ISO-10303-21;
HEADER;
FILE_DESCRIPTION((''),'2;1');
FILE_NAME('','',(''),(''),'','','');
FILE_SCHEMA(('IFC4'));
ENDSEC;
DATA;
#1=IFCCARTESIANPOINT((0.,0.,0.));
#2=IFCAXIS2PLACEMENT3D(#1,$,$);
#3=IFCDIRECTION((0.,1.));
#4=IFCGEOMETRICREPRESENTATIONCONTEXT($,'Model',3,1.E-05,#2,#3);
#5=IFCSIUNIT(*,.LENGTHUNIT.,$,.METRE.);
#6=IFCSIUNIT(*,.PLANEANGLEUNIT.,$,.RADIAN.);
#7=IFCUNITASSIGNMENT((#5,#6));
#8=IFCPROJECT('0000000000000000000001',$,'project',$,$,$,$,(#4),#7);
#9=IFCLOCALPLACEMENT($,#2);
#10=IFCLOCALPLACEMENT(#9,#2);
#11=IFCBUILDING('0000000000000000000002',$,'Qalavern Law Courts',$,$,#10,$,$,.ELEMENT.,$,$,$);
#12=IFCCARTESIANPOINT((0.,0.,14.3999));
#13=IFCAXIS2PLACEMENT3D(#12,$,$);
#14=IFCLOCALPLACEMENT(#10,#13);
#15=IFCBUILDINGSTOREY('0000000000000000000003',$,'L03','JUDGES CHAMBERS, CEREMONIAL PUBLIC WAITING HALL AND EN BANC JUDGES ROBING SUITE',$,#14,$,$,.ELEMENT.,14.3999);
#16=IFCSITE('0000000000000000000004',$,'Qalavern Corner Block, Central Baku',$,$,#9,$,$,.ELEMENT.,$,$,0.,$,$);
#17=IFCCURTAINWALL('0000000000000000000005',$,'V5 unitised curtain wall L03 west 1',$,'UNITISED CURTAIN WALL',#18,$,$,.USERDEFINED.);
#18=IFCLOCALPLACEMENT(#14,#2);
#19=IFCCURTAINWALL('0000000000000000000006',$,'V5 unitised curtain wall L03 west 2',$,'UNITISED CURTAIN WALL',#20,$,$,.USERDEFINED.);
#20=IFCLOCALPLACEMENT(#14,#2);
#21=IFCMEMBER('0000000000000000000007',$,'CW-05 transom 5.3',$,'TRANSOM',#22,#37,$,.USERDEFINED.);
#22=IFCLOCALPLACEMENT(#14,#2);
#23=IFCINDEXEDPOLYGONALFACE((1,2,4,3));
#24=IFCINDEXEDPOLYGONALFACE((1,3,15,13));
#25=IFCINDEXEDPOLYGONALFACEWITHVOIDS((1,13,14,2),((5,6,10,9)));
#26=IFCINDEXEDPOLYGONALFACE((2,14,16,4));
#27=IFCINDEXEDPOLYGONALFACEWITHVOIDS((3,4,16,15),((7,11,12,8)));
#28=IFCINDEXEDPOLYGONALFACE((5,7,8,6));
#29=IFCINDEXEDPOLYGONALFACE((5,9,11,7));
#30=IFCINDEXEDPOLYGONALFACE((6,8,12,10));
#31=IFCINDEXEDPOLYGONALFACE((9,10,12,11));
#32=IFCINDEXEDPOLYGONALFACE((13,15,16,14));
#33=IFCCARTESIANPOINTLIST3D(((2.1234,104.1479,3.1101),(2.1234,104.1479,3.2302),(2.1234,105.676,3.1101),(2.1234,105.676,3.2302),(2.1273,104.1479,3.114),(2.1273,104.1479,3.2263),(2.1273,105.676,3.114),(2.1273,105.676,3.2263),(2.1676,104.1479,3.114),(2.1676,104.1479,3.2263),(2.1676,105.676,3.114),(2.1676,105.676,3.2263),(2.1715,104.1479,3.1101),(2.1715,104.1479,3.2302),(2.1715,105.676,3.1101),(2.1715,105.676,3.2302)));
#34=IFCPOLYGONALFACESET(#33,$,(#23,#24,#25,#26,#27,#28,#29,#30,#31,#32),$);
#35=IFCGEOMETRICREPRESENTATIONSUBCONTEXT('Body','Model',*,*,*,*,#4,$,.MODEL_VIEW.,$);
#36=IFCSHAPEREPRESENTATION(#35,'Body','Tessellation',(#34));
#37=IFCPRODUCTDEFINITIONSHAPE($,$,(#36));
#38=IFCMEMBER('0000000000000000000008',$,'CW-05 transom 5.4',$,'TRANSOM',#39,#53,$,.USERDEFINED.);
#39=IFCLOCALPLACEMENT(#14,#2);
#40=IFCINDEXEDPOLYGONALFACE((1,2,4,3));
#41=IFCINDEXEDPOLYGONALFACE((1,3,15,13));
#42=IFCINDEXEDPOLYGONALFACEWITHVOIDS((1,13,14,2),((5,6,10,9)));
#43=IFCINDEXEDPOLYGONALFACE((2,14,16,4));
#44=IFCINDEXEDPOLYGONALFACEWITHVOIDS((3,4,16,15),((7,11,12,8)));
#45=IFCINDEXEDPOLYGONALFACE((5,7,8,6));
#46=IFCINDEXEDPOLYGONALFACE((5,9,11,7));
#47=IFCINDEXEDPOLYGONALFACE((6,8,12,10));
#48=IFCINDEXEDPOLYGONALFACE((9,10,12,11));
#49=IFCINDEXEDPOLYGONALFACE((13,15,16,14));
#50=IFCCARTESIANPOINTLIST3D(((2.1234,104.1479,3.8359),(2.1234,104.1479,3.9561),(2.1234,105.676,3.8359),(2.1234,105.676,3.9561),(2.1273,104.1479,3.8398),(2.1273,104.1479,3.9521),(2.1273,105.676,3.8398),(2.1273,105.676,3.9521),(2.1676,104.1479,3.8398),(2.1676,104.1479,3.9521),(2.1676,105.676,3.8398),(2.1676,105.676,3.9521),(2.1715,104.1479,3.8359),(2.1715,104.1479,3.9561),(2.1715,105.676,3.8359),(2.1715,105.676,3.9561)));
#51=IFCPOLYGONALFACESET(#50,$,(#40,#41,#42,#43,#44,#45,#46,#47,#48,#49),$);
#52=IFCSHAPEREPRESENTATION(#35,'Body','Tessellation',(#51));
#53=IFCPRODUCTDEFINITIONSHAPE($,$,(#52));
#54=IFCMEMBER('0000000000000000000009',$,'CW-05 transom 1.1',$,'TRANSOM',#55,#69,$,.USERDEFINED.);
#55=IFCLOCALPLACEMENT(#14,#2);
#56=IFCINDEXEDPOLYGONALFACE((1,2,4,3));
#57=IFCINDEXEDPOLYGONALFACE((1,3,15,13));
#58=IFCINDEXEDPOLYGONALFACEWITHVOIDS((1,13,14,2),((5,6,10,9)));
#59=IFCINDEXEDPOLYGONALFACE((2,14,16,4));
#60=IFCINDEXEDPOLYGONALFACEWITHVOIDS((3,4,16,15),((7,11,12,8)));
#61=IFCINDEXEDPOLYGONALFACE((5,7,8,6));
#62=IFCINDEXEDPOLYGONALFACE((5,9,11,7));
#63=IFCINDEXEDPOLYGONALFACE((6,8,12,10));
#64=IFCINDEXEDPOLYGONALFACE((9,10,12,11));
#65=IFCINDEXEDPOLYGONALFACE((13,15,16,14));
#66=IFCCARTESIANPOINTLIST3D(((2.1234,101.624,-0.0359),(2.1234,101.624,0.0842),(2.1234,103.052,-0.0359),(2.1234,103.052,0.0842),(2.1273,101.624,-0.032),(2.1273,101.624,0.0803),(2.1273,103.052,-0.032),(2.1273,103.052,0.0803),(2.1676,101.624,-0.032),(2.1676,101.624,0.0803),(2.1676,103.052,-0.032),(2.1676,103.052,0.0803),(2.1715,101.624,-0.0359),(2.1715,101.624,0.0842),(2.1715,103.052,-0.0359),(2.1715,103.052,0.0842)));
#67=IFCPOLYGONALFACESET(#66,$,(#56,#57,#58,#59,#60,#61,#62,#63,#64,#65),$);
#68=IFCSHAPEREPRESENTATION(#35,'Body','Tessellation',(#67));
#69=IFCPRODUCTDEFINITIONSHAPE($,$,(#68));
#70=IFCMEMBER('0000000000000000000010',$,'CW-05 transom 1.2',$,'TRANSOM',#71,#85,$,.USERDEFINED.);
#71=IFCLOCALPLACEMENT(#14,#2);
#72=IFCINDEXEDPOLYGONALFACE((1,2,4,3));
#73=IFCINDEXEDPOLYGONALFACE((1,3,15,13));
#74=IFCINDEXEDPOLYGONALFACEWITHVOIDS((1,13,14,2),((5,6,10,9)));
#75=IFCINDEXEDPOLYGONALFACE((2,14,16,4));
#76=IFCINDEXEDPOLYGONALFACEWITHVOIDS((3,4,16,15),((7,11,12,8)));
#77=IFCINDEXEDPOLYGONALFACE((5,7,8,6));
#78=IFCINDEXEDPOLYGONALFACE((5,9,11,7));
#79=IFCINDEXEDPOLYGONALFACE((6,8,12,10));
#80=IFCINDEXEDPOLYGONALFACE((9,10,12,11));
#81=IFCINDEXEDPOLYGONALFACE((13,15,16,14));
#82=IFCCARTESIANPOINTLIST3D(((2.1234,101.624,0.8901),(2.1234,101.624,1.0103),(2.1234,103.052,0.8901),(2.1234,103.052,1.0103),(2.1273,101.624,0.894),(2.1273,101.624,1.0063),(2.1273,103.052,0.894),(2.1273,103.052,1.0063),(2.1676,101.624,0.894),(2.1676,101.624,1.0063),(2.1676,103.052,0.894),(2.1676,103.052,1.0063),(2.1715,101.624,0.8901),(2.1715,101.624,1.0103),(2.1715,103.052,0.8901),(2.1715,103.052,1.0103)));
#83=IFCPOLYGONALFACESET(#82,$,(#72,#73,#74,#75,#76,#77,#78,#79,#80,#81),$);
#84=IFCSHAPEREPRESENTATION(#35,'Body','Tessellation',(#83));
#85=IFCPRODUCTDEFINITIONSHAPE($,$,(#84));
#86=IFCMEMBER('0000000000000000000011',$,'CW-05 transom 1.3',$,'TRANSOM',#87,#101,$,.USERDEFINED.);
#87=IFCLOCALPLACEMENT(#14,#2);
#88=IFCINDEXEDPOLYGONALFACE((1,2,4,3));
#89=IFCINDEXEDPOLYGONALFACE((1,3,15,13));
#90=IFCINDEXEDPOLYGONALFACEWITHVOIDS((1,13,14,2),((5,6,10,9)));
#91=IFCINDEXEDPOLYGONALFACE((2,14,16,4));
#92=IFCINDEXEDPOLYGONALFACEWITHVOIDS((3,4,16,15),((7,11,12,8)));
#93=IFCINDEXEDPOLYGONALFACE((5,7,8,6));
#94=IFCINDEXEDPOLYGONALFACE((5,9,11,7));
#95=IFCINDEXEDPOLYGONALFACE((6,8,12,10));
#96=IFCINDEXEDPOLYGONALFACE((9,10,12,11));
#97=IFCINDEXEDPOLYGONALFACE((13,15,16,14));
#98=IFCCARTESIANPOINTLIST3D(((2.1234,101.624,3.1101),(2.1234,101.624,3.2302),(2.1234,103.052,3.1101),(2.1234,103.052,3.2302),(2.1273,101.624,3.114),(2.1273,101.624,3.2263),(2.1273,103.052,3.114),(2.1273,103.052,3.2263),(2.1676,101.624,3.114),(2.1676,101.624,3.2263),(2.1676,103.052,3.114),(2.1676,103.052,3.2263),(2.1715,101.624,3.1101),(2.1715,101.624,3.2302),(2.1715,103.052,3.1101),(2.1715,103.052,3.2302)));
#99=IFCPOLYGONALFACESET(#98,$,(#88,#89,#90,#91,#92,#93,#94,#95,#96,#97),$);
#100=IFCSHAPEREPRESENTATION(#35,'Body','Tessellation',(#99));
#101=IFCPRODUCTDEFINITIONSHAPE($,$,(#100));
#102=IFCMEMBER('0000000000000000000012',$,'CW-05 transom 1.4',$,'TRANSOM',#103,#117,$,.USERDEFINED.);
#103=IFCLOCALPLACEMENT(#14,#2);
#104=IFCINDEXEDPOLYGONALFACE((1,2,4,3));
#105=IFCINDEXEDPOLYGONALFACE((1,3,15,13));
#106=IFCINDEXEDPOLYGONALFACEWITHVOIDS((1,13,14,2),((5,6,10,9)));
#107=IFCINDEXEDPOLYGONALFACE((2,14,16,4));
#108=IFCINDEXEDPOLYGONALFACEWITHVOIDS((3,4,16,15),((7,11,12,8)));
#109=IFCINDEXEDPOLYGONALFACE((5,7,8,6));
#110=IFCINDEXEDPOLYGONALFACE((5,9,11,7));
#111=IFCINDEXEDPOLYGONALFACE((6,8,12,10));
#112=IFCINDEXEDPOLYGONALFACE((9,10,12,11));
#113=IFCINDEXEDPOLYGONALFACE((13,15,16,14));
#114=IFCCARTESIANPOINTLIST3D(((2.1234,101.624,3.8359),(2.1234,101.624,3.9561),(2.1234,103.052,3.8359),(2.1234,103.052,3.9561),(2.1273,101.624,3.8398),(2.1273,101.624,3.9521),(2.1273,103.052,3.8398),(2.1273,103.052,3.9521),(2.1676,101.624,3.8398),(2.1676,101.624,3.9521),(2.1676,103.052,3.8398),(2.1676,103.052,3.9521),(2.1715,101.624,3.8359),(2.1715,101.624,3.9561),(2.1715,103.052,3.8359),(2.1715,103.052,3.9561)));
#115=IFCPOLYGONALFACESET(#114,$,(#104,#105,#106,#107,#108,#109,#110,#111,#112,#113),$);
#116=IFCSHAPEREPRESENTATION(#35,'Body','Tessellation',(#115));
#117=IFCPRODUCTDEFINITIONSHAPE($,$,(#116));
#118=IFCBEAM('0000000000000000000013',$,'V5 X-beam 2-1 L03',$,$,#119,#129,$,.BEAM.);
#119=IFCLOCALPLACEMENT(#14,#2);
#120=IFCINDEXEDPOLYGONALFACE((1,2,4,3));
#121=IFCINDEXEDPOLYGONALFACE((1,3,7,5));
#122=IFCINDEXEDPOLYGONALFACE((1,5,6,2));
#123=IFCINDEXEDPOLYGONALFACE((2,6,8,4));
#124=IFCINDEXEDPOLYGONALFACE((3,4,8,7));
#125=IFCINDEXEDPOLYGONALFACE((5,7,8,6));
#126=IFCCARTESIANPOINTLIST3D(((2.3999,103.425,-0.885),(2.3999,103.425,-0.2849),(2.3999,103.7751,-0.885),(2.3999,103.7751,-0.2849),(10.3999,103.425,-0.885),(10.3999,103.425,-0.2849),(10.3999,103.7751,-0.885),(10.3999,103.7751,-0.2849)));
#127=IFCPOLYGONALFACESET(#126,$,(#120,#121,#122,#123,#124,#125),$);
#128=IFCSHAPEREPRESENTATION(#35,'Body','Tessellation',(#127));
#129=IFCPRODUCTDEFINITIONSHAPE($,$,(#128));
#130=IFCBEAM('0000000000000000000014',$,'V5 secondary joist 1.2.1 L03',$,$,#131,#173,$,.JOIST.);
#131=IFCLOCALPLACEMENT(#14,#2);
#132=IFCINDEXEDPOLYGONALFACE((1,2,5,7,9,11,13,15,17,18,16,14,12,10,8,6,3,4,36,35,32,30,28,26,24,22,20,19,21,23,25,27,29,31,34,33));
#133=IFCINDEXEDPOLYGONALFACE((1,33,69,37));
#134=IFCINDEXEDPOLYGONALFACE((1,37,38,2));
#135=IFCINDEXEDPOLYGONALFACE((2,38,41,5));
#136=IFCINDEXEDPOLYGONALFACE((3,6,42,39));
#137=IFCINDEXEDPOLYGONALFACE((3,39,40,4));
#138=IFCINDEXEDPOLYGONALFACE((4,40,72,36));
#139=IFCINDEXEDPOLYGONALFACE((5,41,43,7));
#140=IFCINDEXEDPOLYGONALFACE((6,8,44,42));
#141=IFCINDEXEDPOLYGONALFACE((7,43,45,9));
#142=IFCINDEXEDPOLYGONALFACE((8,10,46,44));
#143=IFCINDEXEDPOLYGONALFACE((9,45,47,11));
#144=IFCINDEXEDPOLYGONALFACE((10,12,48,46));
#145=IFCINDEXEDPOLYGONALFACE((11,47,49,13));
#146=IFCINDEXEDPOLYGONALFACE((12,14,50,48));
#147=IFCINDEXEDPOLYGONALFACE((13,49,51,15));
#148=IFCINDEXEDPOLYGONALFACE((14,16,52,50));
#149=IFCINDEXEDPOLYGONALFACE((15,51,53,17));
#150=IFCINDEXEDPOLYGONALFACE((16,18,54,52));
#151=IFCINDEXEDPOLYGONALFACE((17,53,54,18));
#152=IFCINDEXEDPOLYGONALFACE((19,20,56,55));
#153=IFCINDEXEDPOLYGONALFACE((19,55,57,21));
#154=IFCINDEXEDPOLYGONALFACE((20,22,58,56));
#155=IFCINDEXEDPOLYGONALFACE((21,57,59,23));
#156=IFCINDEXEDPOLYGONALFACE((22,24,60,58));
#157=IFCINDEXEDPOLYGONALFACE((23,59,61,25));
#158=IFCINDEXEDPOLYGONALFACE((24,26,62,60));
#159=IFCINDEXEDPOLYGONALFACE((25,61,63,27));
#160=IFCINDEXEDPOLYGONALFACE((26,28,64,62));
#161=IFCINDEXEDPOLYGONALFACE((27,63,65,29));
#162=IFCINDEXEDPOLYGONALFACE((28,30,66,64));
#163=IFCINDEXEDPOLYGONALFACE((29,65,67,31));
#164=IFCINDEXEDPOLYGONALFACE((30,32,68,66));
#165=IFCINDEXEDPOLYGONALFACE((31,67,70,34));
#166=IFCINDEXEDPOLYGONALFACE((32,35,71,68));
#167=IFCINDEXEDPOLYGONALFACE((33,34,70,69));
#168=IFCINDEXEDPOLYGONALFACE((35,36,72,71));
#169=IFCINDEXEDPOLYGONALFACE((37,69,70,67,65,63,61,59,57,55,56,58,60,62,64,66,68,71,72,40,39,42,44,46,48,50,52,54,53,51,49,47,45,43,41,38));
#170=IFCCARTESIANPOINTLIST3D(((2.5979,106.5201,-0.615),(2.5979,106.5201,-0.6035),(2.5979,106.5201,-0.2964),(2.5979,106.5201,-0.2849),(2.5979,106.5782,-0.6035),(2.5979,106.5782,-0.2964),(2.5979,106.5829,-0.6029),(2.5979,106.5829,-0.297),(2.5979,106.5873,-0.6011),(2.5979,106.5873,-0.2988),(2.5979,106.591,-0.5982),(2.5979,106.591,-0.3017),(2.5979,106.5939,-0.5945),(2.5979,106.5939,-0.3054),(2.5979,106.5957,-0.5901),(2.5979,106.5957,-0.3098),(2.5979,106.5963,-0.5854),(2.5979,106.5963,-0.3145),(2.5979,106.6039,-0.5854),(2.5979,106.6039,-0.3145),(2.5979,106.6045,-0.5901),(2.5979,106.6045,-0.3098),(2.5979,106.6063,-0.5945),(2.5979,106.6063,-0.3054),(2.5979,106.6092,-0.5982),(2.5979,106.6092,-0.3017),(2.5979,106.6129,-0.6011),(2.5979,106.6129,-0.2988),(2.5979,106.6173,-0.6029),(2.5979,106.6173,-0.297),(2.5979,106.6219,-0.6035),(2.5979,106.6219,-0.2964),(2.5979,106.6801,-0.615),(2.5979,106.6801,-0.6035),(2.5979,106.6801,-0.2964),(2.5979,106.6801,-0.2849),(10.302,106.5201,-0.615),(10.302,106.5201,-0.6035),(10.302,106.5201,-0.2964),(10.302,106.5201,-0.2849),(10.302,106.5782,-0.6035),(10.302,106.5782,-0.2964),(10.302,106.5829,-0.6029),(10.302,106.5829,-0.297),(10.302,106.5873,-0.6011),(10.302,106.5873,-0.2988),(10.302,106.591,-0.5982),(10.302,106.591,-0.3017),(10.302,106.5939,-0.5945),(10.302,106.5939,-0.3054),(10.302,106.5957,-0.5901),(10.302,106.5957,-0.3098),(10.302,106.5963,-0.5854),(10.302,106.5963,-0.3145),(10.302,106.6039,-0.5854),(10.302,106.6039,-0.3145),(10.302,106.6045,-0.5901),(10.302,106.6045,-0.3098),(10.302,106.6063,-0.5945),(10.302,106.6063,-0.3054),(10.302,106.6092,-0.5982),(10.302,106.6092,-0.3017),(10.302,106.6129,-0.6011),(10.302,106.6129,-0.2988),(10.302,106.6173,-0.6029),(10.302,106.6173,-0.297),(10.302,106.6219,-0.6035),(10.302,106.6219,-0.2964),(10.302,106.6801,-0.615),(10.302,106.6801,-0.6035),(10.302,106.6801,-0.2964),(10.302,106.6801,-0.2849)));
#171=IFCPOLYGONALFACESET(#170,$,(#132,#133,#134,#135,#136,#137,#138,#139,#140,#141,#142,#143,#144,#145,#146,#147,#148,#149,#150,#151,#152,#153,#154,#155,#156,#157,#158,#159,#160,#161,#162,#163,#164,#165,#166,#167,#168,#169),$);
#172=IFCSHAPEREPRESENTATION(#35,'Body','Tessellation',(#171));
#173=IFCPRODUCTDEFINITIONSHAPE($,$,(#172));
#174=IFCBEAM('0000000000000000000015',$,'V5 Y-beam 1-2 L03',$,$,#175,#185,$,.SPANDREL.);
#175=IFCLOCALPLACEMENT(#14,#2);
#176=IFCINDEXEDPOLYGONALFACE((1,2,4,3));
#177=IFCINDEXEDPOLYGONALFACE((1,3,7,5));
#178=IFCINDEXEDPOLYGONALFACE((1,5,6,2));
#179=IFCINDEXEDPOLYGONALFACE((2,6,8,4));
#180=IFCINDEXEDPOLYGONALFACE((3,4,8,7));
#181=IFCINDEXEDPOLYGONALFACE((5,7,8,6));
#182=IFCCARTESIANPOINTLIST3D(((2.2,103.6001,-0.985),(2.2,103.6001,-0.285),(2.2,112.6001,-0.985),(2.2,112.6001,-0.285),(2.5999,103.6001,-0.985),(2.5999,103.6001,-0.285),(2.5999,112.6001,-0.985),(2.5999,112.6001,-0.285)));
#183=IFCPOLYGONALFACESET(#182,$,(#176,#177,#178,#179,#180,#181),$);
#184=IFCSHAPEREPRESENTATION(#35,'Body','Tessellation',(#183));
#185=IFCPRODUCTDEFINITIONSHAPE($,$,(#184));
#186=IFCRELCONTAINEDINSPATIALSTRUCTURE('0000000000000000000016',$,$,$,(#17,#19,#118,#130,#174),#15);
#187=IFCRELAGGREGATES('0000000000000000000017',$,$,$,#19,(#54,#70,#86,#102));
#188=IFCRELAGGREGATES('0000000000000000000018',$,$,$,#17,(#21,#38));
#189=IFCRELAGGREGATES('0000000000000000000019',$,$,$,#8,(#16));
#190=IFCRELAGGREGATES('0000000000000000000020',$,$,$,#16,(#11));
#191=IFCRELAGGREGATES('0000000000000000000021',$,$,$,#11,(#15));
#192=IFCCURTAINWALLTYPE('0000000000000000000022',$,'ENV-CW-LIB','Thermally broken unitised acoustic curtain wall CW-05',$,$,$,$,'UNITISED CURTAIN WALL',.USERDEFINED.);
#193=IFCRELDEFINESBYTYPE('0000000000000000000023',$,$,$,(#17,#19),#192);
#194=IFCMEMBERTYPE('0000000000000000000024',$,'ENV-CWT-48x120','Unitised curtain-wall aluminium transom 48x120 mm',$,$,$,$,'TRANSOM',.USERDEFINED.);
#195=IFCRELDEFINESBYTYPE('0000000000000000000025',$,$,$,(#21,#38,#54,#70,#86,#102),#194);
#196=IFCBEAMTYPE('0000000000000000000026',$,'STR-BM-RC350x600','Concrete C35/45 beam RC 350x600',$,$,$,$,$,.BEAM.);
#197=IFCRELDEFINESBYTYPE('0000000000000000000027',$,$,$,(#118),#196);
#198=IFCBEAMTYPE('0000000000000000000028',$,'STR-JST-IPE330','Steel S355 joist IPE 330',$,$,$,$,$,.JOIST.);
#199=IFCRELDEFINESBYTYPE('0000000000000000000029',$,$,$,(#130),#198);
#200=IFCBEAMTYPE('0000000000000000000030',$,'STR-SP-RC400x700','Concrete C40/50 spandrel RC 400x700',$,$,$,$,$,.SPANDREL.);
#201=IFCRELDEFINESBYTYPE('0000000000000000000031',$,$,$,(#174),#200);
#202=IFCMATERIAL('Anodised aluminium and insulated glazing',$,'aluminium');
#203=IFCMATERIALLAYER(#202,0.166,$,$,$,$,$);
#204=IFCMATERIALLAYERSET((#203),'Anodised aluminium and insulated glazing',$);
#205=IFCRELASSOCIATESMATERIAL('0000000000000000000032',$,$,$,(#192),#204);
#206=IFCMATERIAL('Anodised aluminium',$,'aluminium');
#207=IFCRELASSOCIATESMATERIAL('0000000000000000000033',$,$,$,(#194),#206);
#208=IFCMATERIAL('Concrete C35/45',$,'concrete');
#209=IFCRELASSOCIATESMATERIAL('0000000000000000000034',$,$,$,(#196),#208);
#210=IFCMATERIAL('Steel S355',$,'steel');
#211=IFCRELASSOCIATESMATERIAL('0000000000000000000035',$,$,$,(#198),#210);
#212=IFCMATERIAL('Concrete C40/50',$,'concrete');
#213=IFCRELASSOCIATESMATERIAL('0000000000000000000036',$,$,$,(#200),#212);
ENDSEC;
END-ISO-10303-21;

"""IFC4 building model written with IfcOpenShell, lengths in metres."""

from ifc_helpers import new_model, si_unit, direction, frame, origin, origin_2d, place, context, subcontext, project, spatial, rectangle, hollow_rectangle, i_section, extrude, material, layer, layer_set, material_profile, profile_set, type_object, element, aggregate, save


model = new_model("IFC4")

# Units and contexts
model_context = context("Model", 3, precision=1e-05, world=origin(), true_north=direction((0.0, 1.0)))
body_context = subcontext(model_context, "Body", "Model", "MODEL_VIEW")
ifc_project = project(units=[si_unit("LENGTHUNIT", "METRE"), si_unit("PLANEANGLEUNIT", "RADIAN")], contexts=[model_context])

# Site, building, storey
site_placement = place(None, origin())
site = spatial("IfcSite", under=ifc_project, at=site_placement, Name="Qalavern Corner Block, Central Baku", CompositionType="ELEMENT", RefElevation=0.0)
building_placement = place(site_placement, origin())
building = spatial("IfcBuilding", under=site, at=building_placement, Name="Qalavern Law Courts", CompositionType="ELEMENT")
storey_placement = place(building_placement, frame((0.0, 0.0, 14.3999)))
storey = spatial("IfcBuildingStorey", under=building, at=storey_placement, Name="L03", Description="JUDGES CHAMBERS, CEREMONIAL PUBLIC WAITING HALL AND EN BANC JUDGES ROBING SUITE", CompositionType="ELEMENT", Elevation=14.3999)

# Curtain wall
ifc_material_1 = material(Name="Anodised aluminium and insulated glazing", Category="aluminium")
ifc_layer_1 = layer(ifc_material_1, 0.166)
ifc_layer_set_1 = layer_set([ifc_layer_1], Name="Anodised aluminium and insulated glazing")
curtain_wall_type = type_object("IfcCurtainWallType", Name="ENV-CW-LIB", Description="Thermally broken unitised acoustic curtain wall CW-05", ElementType="UNITISED CURTAIN WALL", PredefinedType="USERDEFINED", material=ifc_layer_set_1)
curtain_wall_1_placement = place(storey_placement, origin())
curtain_wall_1 = element("IfcCurtainWall", 1, at=curtain_wall_1_placement, inside=storey, type_object=curtain_wall_type, Name="V5 unitised curtain wall L03 west 1", ObjectType="UNITISED CURTAIN WALL", PredefinedType="USERDEFINED")
ifc_material_2 = material(Name="Anodised aluminium", Category="aluminium")

# Curtain wall
curtain_wall_2_placement = place(storey_placement, origin())
curtain_wall_2 = element("IfcCurtainWall", 2, at=curtain_wall_2_placement, inside=storey, type_object=curtain_wall_type, Name="V5 unitised curtain wall L03 west 2", ObjectType="UNITISED CURTAIN WALL", PredefinedType="USERDEFINED")

# Members
ifc_material_profile_1 = material_profile(ifc_material_2, hollow_rectangle(XDim=0.0481, YDim=0.1201, WallThickness=0.0039, at=origin_2d()), Name="ALU TRANSOM 48x120")
ifc_profile_set_1 = profile_set([ifc_material_profile_1], Name="Anodised aluminium")
member_type_1 = type_object("IfcMemberType", Name="ENV-CWT-48x120", Description="Unitised curtain-wall aluminium transom 48x120 mm", ElementType="TRANSOM", PredefinedType="USERDEFINED", material=ifc_profile_set_1)
member_1_placement = place(storey_placement, frame((2.1475, 105.676, 3.1702), z_axis=(0.0, -1.0, 0.0), x_axis=(1.0, 0.0, 0.0)))
member_1 = element("IfcMember", 3, at=member_1_placement, type_object=member_type_1, Name="CW-05 transom 5.3", ObjectType="TRANSOM", PredefinedType="USERDEFINED", context=body_context, shape_type="SweptSolid", body=[
    extrude(hollow_rectangle(XDim=0.0481, YDim=0.1201, WallThickness=0.0039, at=origin_2d()), origin(), (0.0, 0.0, 1.0), 1.5281),
])
member_2_placement = place(storey_placement, frame((2.1475, 105.676, 3.896), z_axis=(0.0, -1.0, 0.0), x_axis=(1.0, 0.0, 0.0)))
member_2 = element("IfcMember", 4, at=member_2_placement, type_object=member_type_1, Name="CW-05 transom 5.4", ObjectType="TRANSOM", PredefinedType="USERDEFINED", context=body_context, shape_type="SweptSolid", body=[
    extrude(hollow_rectangle(XDim=0.0481, YDim=0.1201, WallThickness=0.0039, at=origin_2d()), origin(), (0.0, 0.0, 1.0), 1.5281),
])
member_3_placement = place(storey_placement, frame((2.1475, 103.052, 0.0242), z_axis=(0.0, -1.0, 0.0), x_axis=(1.0, 0.0, 0.0)))
member_3 = element("IfcMember", 5, at=member_3_placement, type_object=member_type_1, Name="CW-05 transom 1.1", ObjectType="TRANSOM", PredefinedType="USERDEFINED", context=body_context, shape_type="SweptSolid", body=[
    extrude(hollow_rectangle(XDim=0.0481, YDim=0.1201, WallThickness=0.0039, at=origin_2d()), origin(), (0.0, 0.0, 1.0), 1.428),
])
member_4_placement = place(storey_placement, frame((2.1475, 103.052, 0.9502), z_axis=(0.0, -1.0, 0.0), x_axis=(1.0, 0.0, 0.0)))
member_4 = element("IfcMember", 6, at=member_4_placement, type_object=member_type_1, Name="CW-05 transom 1.2", ObjectType="TRANSOM", PredefinedType="USERDEFINED", context=body_context, shape_type="SweptSolid", body=[
    extrude(hollow_rectangle(XDim=0.0481, YDim=0.1201, WallThickness=0.0039, at=origin_2d()), origin(), (0.0, 0.0, 1.0), 1.428),
])
member_5_placement = place(storey_placement, frame((2.1475, 103.052, 3.1702), z_axis=(0.0, -1.0, 0.0), x_axis=(1.0, 0.0, 0.0)))
member_5 = element("IfcMember", 7, at=member_5_placement, type_object=member_type_1, Name="CW-05 transom 1.3", ObjectType="TRANSOM", PredefinedType="USERDEFINED", context=body_context, shape_type="SweptSolid", body=[
    extrude(hollow_rectangle(XDim=0.0481, YDim=0.1201, WallThickness=0.0039, at=origin_2d()), origin(), (0.0, 0.0, 1.0), 1.428),
])
member_6_placement = place(storey_placement, frame((2.1475, 103.052, 3.896), z_axis=(0.0, -1.0, 0.0), x_axis=(1.0, 0.0, 0.0)))
member_6 = element("IfcMember", 8, at=member_6_placement, type_object=member_type_1, Name="CW-05 transom 1.4", ObjectType="TRANSOM", PredefinedType="USERDEFINED", context=body_context, shape_type="SweptSolid", body=[
    extrude(hollow_rectangle(XDim=0.0481, YDim=0.1201, WallThickness=0.0039, at=origin_2d()), origin(), (0.0, 0.0, 1.0), 1.428),
])

# Beams
ifc_material_3 = material(Name="Concrete C35/45", Category="concrete")
ifc_material_profile_2 = material_profile(ifc_material_3, rectangle(XDim=0.3501, YDim=0.6001, at=origin_2d()), Name="RC 350x600")
ifc_profile_set_2 = profile_set([ifc_material_profile_2], Name="Concrete C35/45")
beam_type_1 = type_object("IfcBeamType", Name="STR-BM-RC350x600", Description="Concrete C35/45 beam RC 350x600", PredefinedType="BEAM", material=ifc_profile_set_2)
beam_1_placement = place(storey_placement, frame((2.3999, 103.6001, -0.585), z_axis=(1.0, 0.0, 0.0), x_axis=(0.0, 1.0, 0.0)))
element("IfcBeam", 9, at=beam_1_placement, inside=storey, type_object=beam_type_1, Name="V5 X-beam 2-1 L03", PredefinedType="BEAM", context=body_context, shape_type="SweptSolid", body=[
    extrude(rectangle(XDim=0.3501, YDim=0.6001, at=origin_2d()), origin(), (0.0, 0.0, 1.0), 8.0),
])
ifc_material_4 = material(Name="Steel S355", Category="steel")
ifc_material_profile_3 = material_profile(ifc_material_4, i_section(OverallWidth=0.1599, OverallDepth=0.3301, WebThickness=0.0076, FlangeThickness=0.0115, FilletRadius=0.0181, at=origin_2d()), Name="IPE 330")
ifc_profile_set_3 = profile_set([ifc_material_profile_3], Name="Steel S355")
beam_type_2 = type_object("IfcBeamType", Name="STR-JST-IPE330", Description="Steel S355 joist IPE 330", PredefinedType="JOIST", material=ifc_profile_set_3)
beam_2_placement = place(storey_placement, frame((2.5979, 106.6001, -0.45), z_axis=(1.0, 0.0, 0.0), x_axis=(0.0, 1.0, 0.0)))
element("IfcBeam", 10, at=beam_2_placement, inside=storey, type_object=beam_type_2, Name="V5 secondary joist 1.2.1 L03", PredefinedType="JOIST", context=body_context, shape_type="SweptSolid", body=[
    extrude(i_section(OverallWidth=0.1599, OverallDepth=0.3301, WebThickness=0.0076, FlangeThickness=0.0115, FilletRadius=0.0181, at=origin_2d()), origin(), (0.0, 0.0, 1.0), 7.7041),
])
ifc_material_5 = material(Name="Concrete C40/50", Category="concrete")
ifc_material_profile_4 = material_profile(ifc_material_5, rectangle(XDim=0.3999, YDim=0.7, at=origin_2d()), Name="RC 400x700")
ifc_profile_set_4 = profile_set([ifc_material_profile_4], Name="Concrete C40/50")
beam_type_3 = type_object("IfcBeamType", Name="STR-SP-RC400x700", Description="Concrete C40/50 spandrel RC 400x700", PredefinedType="SPANDREL", material=ifc_profile_set_4)
beam_3_placement = place(storey_placement, frame((2.3999, 103.6001, -0.635), z_axis=(0.0, 1.0, 0.0), x_axis=(-1.0, 0.0, 0.0)))
element("IfcBeam", 11, at=beam_3_placement, inside=storey, type_object=beam_type_3, Name="V5 Y-beam 1-2 L03", PredefinedType="SPANDREL", context=body_context, shape_type="SweptSolid", body=[
    extrude(rectangle(XDim=0.3999, YDim=0.7, at=origin_2d()), origin(), (0.0, 0.0, 1.0), 9.0),
])

aggregate(curtain_wall_2, [member_3, member_4, member_5, member_6])
aggregate(curtain_wall_1, [member_1, member_2])

save(model, "model.ifc")
